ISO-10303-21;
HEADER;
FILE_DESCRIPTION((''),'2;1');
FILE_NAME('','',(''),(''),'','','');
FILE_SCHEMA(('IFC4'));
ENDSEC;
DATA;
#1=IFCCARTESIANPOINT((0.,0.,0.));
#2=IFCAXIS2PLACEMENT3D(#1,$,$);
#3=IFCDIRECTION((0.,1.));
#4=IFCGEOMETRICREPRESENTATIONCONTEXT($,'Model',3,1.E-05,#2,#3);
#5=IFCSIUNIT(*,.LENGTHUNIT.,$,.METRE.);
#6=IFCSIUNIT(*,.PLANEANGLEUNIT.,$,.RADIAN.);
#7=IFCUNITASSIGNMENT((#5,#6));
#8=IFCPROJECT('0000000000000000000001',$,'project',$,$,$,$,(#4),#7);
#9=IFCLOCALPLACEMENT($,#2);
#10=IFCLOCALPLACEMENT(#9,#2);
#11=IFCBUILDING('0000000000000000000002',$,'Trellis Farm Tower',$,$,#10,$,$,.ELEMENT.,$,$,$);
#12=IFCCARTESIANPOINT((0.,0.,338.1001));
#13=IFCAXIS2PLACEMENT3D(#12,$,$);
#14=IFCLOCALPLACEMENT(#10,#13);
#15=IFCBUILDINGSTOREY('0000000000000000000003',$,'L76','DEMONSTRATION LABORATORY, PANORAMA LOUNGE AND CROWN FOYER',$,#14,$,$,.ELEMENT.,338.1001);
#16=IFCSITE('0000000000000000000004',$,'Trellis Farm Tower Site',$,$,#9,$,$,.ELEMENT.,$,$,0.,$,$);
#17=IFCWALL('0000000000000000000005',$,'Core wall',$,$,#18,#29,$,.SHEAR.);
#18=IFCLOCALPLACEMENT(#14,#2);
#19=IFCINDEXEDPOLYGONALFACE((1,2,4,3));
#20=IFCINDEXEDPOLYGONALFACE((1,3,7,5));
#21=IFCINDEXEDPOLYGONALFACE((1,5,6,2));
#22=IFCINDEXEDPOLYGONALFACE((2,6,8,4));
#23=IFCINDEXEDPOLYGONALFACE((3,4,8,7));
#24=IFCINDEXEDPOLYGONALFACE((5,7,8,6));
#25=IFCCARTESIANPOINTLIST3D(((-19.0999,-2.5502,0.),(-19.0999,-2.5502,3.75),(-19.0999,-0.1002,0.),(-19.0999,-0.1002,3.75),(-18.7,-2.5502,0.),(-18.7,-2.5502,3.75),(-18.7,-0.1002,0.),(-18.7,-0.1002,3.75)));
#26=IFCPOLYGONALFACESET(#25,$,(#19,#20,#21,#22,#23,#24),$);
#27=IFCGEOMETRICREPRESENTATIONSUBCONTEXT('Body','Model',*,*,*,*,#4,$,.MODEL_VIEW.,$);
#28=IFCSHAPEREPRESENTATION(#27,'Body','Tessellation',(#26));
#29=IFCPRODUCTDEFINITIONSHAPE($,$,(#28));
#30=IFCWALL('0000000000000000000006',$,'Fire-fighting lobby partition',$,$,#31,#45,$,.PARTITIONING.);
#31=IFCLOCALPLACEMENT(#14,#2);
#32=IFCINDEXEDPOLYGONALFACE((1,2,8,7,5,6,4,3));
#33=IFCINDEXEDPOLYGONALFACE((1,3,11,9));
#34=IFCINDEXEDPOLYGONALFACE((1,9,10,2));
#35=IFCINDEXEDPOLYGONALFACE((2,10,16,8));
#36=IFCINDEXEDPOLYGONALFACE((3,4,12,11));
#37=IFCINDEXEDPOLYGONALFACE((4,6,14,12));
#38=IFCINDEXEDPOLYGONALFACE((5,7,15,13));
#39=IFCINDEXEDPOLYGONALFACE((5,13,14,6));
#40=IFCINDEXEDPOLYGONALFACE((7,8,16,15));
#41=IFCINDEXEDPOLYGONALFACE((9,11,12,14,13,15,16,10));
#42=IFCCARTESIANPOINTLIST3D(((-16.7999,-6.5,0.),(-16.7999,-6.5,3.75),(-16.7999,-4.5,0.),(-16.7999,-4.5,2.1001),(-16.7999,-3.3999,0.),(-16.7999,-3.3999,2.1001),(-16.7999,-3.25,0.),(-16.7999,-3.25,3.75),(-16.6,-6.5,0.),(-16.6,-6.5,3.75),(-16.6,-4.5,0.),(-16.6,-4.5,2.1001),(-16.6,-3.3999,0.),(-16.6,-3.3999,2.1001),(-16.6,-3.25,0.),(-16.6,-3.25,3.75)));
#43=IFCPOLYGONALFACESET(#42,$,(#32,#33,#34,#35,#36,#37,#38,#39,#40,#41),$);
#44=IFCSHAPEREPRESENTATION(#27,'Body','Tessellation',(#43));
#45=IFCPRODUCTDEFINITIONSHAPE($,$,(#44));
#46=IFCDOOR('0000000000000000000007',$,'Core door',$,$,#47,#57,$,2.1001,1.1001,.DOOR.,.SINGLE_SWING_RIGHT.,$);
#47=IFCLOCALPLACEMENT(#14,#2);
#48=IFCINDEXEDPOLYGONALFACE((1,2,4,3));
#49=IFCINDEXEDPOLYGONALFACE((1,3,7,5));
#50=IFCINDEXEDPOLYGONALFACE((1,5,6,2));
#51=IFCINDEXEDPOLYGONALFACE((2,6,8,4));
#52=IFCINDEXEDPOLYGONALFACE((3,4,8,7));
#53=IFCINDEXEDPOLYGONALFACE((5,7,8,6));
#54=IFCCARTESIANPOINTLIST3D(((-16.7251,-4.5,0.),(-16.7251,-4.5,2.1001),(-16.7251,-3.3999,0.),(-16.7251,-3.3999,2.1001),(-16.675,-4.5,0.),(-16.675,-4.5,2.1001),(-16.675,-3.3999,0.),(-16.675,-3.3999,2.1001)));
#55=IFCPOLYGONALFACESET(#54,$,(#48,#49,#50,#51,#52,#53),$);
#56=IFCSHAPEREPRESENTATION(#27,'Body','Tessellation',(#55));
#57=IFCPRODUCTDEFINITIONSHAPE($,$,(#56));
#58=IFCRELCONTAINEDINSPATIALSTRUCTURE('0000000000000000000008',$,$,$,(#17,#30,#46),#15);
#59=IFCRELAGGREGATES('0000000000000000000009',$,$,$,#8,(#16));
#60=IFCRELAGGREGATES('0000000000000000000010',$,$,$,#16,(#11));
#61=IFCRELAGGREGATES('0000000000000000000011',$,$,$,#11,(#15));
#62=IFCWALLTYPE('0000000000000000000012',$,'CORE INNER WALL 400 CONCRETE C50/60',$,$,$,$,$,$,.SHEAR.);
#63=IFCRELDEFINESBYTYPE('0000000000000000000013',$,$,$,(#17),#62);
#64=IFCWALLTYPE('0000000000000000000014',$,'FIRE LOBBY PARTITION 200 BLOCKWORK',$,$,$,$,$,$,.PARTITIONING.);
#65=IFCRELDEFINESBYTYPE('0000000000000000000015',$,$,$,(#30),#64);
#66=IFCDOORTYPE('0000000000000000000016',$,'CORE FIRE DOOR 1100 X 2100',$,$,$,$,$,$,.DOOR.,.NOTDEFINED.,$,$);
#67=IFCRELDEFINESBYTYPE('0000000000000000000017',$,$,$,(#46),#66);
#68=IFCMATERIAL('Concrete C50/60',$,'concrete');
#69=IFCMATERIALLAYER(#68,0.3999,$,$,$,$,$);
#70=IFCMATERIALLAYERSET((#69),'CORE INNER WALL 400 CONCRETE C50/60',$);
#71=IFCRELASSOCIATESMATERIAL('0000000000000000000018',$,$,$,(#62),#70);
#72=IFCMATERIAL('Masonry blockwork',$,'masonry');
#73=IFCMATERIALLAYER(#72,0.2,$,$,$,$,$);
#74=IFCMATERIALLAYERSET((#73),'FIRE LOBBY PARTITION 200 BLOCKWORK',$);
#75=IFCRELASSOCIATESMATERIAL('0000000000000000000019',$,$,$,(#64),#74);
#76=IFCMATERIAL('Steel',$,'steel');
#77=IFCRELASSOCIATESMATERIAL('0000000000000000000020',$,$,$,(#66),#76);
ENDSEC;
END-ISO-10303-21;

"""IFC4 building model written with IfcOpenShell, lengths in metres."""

from ifc_helpers import new_model, si_unit, direction, frame, frame_2d, origin, place, context, subcontext, project, spatial, rectangle, extrude, source, transform, mapped, material, layer, layer_set, type_object, element, fill, save


model = new_model("IFC4")

# Units and contexts
model_context = context("Model", 3, precision=1e-05, world=origin(), true_north=direction((0.0, 1.0)))
body_context = subcontext(model_context, "Body", "Model", "MODEL_VIEW")
ifc_project = project(units=[si_unit("LENGTHUNIT", "METRE"), si_unit("PLANEANGLEUNIT", "RADIAN")], contexts=[model_context])

# Site, building, storey
site_placement = place(None, origin())
site = spatial("IfcSite", under=ifc_project, at=site_placement, Name="Trellis Farm Tower Site", CompositionType="ELEMENT", RefElevation=0.0)
building_placement = place(site_placement, origin())
building = spatial("IfcBuilding", under=site, at=building_placement, Name="Trellis Farm Tower", CompositionType="ELEMENT")
storey_placement = place(building_placement, frame((0.0, 0.0, 338.1001)))
storey = spatial("IfcBuildingStorey", under=building, at=storey_placement, Name="L76", Description="DEMONSTRATION LABORATORY, PANORAMA LOUNGE AND CROWN FOYER", CompositionType="ELEMENT", Elevation=338.1001)

# Shared definitions
ifc_material_1 = material(Name="Concrete C50/60", Category="concrete")

# Wall
ifc_layer_1 = layer(ifc_material_1, 0.3999)
ifc_layer_set_1 = layer_set([ifc_layer_1], Name="CORE INNER WALL 400 CONCRETE C50/60")
wall_type_1 = type_object("IfcWallType", Name="CORE INNER WALL 400 CONCRETE C50/60", PredefinedType="SHEAR", material=ifc_layer_set_1)
shared_shape_1 = source(origin(), body_context, "Body", "SweptSolid", [
    extrude(rectangle(XDim=2.45, YDim=0.3999, at=frame_2d((1.2251, 0.0))), origin(), (0.0, 0.0, 1.0), 3.75),
])
for number, where, z_axis, x_axis, name in (
    (1, (-18.8999, -0.1001, 0.0), (0.0, 0.0, 1.0), (0.0, -1.0, 0.0), "Core wall"),
):
    element("IfcWall", number, at=place(storey_placement, frame(where, z_axis=z_axis, x_axis=x_axis)), inside=storey, type_object=wall_type_1, Name=name, PredefinedType="SHEAR", context=body_context, shape_type="MappedRepresentation", body=[
        mapped(shared_shape_1, transform((0.0, 0.0, 0.0))),
    ])

# Wall, opening, door
ifc_material_2 = material(Name="Masonry blockwork", Category="masonry")
ifc_layer_2 = layer(ifc_material_2, 0.2)
ifc_layer_set_2 = layer_set([ifc_layer_2], Name="FIRE LOBBY PARTITION 200 BLOCKWORK")
wall_type_2 = type_object("IfcWallType", Name="FIRE LOBBY PARTITION 200 BLOCKWORK", PredefinedType="PARTITIONING", material=ifc_layer_set_2)
shared_shape_2 = source(origin(), body_context, "Body", "SweptSolid", [
    extrude(rectangle(XDim=3.25, YDim=0.2, at=frame_2d((1.625, 0.0))), origin(), (0.0, 0.0, 1.0), 3.75),
])
wall_1_placement = place(storey_placement, frame((-16.7, -3.25, 0.0), z_axis=(0.0, 0.0, 1.0), x_axis=(0.0, -1.0, 0.0)))
wall_1 = element("IfcWall", 2, at=wall_1_placement, inside=storey, type_object=wall_type_2, Name="Fire-fighting lobby partition", PredefinedType="PARTITIONING", context=body_context, shape_type="MappedRepresentation", body=[
    mapped(shared_shape_2, transform((0.0, 0.0, 0.0))),
])
shared_shape_3 = source(origin(), body_context, "Body", "SweptSolid", [
    extrude(rectangle(XDim=1.1001, YDim=2.1001, at=frame_2d((0.55, 1.05))), frame((0.0, 0.1101, 0.0), z_axis=(0.0, -1.0, 0.0), x_axis=(1.0, 0.0, 0.0)), (0.0, 0.0, 1.0), 0.2202),
])
opening_1_placement = place(wall_1_placement, frame((0.1499, 0.0, 0.0)))
opening_1 = element("IfcOpeningElement", 3, at=opening_1_placement, cuts=wall_1, PredefinedType="OPENING", context=body_context, shape_type="MappedRepresentation", body=[
    mapped(shared_shape_3, transform((0.0, 0.0, 0.0))),
])
ifc_material_3 = material(Name="Steel", Category="steel")
door_type_1 = type_object("IfcDoorType", Name="CORE FIRE DOOR 1100 X 2100", OperationType="NOTDEFINED", PredefinedType="DOOR", material=ifc_material_3)
shared_shape_4 = source(origin(), body_context, "Body", "SweptSolid", [
    extrude(rectangle(XDim=1.1001, YDim=2.1001, at=frame_2d((0.55, 1.05))), frame((0.0, 0.0249, 0.0), z_axis=(0.0, -1.0, 0.0), x_axis=(1.0, 0.0, 0.0)), (0.0, 0.0, 1.0), 0.05),
])
door_1_placement = place(opening_1_placement, origin())
door_1 = element("IfcDoor", 4, at=door_1_placement, inside=storey, type_object=door_type_1, Name="Core door", OperationType="SINGLE_SWING_RIGHT", OverallHeight=2.1001, OverallWidth=1.1001, PredefinedType="DOOR", context=body_context, shape_type="MappedRepresentation", body=[
    mapped(shared_shape_4, transform((0.0, 0.0, 0.0))),
])
fill(opening_1, door_1)

save(model, "model.ifc")
